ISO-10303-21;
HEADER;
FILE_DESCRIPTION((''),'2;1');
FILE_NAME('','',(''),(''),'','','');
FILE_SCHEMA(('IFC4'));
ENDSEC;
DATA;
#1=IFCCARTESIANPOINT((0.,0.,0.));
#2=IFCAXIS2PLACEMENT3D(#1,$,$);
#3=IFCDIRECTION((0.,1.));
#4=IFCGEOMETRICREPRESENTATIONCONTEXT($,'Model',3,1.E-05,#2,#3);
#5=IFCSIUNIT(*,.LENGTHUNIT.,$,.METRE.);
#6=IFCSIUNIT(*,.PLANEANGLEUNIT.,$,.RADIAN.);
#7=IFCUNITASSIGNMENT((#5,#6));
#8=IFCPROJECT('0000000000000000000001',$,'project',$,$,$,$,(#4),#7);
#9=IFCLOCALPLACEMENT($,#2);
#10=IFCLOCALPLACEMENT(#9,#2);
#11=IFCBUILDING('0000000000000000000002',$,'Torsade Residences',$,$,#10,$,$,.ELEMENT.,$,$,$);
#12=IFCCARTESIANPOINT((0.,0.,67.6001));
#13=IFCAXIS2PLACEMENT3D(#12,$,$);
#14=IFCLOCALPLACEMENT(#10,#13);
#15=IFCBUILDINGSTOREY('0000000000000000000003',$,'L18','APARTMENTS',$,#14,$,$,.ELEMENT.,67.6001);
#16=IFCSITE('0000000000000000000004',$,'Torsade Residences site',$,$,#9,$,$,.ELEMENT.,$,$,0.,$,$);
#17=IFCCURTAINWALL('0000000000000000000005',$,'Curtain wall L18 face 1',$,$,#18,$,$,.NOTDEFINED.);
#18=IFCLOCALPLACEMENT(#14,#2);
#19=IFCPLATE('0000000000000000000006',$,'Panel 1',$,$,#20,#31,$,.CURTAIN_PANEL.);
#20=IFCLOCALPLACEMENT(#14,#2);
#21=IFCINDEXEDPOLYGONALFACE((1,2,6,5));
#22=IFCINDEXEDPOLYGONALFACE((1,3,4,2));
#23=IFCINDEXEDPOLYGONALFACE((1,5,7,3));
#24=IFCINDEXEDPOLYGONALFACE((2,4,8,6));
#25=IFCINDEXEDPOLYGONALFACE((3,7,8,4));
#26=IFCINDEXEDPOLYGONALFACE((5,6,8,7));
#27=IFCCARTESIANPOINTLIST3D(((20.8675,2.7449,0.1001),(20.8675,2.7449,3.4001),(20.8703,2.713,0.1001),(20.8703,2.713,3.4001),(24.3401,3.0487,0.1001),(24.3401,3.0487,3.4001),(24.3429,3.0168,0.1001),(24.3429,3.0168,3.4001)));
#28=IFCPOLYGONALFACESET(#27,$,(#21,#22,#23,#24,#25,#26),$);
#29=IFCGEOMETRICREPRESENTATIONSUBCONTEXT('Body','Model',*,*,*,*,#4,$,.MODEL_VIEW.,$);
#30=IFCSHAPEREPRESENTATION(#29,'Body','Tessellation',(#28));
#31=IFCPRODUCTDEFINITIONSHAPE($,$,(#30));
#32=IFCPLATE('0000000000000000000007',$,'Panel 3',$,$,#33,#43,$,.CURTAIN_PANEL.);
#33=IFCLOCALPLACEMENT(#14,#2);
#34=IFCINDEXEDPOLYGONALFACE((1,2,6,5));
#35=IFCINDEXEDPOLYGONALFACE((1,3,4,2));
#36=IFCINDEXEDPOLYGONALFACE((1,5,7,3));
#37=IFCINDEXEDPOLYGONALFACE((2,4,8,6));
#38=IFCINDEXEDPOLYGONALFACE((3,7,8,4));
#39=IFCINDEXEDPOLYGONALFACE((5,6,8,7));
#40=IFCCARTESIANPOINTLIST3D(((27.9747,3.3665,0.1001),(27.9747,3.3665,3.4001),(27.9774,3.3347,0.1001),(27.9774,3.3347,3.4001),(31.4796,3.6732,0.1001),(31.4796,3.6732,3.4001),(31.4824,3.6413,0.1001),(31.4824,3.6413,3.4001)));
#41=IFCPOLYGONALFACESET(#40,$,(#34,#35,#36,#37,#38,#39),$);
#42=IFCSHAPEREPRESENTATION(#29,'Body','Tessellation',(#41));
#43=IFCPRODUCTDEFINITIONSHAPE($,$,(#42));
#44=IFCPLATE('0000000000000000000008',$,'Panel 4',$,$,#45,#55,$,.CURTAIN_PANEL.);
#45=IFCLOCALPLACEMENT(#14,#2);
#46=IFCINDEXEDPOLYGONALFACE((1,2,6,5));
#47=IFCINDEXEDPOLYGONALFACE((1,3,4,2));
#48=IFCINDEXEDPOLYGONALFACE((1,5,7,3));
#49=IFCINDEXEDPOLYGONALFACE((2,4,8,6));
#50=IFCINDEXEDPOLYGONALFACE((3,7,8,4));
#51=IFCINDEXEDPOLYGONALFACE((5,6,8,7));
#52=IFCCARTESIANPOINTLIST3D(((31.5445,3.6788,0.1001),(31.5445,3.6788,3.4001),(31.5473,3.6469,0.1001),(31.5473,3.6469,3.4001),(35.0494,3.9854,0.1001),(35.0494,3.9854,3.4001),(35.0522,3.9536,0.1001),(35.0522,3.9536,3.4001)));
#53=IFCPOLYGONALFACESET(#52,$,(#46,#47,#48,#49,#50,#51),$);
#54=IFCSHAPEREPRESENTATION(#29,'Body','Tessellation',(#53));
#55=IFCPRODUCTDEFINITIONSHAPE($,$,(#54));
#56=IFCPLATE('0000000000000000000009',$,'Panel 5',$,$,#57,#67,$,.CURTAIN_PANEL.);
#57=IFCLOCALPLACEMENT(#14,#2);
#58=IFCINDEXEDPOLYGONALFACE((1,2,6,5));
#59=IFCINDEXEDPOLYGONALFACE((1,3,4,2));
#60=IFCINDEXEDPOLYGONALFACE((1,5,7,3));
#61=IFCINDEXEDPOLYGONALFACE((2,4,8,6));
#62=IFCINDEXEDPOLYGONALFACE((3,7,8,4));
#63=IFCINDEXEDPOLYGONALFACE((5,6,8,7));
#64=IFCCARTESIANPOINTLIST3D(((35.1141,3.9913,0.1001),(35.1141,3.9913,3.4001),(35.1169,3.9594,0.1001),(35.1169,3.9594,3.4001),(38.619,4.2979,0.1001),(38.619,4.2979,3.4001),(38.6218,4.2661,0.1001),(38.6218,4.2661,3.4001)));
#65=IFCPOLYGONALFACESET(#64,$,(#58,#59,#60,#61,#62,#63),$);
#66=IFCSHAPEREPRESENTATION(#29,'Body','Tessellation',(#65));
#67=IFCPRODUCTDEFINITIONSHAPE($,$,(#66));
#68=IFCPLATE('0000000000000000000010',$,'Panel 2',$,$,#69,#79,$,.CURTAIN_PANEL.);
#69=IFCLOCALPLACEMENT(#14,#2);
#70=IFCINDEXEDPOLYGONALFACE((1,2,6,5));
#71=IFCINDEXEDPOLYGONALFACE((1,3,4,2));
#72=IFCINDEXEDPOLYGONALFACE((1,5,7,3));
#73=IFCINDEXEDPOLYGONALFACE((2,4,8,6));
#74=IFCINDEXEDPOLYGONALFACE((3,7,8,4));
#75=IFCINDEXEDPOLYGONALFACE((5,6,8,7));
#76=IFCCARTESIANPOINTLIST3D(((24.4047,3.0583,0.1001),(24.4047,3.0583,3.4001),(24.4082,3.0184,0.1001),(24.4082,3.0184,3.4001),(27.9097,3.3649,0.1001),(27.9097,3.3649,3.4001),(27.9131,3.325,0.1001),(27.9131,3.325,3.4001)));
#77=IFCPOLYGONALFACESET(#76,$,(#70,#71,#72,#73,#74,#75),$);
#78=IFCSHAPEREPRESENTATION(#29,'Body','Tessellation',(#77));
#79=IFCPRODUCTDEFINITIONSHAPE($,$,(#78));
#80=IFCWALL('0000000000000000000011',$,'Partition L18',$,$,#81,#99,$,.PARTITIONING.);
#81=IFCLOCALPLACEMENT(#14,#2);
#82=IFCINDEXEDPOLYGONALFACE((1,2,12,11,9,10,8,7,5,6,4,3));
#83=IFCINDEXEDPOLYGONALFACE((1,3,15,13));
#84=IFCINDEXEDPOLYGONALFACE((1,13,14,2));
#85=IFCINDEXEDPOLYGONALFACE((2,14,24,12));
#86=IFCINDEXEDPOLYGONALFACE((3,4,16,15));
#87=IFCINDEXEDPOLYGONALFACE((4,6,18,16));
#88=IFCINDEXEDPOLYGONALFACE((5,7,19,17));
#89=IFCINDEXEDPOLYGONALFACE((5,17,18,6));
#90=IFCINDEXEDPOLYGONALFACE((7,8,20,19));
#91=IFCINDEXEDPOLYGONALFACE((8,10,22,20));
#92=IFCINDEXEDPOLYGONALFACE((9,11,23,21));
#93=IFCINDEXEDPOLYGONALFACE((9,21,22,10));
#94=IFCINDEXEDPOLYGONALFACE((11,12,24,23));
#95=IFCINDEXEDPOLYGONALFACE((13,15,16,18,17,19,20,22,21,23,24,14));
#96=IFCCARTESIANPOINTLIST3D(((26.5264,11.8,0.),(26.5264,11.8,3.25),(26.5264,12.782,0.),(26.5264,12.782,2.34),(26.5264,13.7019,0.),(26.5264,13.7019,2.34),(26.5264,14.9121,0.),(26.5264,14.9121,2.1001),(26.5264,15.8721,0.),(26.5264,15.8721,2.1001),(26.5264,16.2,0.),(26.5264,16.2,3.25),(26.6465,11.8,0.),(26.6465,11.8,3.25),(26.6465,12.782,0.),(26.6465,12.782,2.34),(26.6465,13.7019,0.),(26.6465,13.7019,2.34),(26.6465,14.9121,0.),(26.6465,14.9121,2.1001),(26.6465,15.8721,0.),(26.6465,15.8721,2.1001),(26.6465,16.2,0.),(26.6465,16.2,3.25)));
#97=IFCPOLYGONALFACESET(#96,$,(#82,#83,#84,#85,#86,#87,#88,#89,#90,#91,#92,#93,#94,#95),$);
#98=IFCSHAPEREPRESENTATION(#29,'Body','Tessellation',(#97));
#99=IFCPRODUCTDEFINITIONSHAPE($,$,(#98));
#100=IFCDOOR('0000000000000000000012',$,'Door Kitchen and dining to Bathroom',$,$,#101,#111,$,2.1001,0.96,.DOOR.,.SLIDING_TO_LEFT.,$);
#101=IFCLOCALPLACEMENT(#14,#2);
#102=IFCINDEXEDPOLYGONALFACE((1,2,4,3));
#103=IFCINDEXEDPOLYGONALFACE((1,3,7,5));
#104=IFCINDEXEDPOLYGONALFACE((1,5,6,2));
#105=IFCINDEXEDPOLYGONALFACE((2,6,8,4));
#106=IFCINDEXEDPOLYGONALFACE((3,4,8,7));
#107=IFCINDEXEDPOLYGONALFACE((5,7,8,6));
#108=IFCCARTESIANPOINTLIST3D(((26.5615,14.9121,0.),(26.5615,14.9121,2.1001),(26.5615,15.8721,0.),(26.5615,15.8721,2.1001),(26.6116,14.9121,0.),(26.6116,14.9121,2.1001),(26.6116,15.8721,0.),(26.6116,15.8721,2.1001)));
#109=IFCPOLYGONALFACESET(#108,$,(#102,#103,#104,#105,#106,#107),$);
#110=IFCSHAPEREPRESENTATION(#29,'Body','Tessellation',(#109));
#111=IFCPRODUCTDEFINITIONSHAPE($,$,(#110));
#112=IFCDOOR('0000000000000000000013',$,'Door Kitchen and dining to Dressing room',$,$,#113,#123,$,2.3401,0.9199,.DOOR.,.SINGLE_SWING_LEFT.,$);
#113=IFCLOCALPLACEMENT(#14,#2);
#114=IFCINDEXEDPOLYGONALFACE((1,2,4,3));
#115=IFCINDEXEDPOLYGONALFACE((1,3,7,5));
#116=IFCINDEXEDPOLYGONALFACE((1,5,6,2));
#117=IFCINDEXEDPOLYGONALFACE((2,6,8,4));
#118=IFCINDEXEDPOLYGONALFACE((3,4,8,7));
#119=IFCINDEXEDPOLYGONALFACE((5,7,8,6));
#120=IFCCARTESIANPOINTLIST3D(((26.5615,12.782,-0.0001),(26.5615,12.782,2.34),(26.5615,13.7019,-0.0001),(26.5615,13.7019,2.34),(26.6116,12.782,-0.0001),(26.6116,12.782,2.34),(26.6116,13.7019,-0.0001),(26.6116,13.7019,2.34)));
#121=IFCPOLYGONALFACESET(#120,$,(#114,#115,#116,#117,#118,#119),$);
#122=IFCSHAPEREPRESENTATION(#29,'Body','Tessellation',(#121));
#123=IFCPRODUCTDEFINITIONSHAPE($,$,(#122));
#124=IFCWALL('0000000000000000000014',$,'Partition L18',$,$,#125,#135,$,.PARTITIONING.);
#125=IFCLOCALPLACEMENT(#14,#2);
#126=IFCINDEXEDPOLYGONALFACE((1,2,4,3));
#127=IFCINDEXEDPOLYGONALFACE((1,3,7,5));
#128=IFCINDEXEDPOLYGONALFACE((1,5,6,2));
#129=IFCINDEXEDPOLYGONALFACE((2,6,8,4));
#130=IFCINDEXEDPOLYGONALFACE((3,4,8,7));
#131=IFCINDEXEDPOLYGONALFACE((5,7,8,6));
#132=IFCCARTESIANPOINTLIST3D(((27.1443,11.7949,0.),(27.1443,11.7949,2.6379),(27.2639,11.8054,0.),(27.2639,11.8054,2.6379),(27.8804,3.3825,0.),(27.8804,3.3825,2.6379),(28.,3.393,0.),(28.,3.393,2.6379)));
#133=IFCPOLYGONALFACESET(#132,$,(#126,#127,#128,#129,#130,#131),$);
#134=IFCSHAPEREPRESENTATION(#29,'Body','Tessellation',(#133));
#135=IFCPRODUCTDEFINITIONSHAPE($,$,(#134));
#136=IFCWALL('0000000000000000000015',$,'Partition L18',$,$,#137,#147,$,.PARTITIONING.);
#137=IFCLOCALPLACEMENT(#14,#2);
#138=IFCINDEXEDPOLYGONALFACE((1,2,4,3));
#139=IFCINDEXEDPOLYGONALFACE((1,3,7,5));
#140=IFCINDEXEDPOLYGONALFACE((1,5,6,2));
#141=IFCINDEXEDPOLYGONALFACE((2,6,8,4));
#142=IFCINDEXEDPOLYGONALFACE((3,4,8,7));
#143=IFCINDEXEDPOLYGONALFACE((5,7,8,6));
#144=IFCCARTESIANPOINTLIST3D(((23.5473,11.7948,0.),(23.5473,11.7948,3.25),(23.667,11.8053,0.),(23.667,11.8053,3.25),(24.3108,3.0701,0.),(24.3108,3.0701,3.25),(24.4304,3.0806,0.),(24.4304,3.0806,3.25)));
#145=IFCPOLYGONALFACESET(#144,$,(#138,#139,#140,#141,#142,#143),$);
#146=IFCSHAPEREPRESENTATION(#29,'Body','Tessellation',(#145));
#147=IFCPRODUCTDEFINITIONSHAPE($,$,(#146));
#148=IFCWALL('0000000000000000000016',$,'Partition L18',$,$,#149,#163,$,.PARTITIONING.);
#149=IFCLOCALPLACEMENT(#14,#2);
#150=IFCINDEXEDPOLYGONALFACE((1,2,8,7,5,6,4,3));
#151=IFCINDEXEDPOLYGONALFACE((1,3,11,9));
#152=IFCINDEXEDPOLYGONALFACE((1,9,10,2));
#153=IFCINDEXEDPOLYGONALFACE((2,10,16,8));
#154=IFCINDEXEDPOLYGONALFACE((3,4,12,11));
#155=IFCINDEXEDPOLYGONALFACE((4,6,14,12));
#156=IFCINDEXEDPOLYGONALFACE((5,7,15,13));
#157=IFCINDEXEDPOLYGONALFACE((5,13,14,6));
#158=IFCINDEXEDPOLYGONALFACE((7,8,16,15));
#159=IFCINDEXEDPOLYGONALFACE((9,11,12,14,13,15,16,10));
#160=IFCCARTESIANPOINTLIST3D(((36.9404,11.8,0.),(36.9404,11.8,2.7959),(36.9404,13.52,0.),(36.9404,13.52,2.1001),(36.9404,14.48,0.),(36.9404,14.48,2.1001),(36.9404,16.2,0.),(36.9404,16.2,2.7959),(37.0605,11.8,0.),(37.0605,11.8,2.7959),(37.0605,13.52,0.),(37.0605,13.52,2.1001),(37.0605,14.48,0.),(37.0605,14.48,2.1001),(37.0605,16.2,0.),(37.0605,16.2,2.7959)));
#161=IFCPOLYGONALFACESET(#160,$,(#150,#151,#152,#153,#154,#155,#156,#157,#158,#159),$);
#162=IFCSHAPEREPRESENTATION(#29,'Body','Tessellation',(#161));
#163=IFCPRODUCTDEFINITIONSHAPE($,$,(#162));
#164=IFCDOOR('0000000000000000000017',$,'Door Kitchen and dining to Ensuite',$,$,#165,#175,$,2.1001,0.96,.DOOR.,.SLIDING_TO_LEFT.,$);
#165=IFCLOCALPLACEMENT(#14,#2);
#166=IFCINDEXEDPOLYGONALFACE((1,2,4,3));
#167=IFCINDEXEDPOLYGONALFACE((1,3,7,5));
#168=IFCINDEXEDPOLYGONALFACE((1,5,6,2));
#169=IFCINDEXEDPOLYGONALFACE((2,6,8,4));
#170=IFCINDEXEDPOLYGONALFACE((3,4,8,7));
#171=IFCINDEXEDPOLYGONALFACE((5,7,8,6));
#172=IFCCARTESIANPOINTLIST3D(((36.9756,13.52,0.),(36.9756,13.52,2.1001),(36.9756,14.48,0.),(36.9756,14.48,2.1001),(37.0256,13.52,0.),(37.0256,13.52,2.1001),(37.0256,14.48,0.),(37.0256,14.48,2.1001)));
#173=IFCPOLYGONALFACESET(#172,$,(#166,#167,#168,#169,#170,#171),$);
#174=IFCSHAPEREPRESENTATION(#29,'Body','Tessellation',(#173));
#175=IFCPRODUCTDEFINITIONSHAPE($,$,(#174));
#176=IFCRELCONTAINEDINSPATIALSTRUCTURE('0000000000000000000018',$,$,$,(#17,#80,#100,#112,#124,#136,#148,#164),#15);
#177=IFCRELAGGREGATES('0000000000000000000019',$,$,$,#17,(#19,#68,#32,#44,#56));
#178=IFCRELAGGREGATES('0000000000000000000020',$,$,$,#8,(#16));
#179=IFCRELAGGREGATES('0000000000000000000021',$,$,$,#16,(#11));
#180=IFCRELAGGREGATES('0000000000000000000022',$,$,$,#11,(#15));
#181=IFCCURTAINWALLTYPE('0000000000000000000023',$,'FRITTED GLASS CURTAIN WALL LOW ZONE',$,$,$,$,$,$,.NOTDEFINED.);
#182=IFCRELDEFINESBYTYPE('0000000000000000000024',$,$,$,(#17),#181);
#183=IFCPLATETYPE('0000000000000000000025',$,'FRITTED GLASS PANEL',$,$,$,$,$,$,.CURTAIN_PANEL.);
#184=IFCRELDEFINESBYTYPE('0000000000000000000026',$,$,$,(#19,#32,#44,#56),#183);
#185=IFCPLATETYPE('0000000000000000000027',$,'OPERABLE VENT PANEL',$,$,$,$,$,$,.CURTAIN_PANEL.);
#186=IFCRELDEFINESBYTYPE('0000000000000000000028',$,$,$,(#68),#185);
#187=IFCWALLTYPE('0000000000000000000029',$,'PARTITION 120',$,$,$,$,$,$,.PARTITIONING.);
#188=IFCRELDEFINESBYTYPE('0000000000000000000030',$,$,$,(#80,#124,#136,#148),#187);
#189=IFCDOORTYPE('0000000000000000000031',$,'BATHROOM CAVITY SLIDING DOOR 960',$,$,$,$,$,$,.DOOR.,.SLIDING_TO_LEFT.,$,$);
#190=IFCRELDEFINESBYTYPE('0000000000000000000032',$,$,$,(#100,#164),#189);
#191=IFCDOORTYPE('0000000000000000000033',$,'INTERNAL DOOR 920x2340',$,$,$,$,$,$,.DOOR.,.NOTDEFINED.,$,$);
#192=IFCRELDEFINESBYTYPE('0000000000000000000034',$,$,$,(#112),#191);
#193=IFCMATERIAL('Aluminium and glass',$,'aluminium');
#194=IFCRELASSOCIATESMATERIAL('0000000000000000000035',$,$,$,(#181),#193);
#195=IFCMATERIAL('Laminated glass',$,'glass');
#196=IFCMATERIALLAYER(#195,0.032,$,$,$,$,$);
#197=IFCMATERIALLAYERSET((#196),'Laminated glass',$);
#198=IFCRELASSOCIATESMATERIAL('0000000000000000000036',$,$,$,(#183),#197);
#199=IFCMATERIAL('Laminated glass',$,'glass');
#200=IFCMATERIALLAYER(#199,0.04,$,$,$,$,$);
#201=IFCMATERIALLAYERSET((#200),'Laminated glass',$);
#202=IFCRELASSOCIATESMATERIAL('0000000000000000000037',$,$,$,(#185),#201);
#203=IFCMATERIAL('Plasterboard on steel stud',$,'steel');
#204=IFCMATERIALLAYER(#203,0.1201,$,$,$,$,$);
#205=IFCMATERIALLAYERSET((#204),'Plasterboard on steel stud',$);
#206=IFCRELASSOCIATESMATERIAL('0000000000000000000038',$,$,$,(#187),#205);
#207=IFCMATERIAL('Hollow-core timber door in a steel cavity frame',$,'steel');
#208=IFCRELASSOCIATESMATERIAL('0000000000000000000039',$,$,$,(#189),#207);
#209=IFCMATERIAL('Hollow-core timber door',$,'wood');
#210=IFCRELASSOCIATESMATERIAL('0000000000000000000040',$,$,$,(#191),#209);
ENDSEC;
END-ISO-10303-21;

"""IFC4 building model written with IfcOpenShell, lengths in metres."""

from ifc_helpers import new_model, si_unit, direction, frame, frame_2d, origin, origin_2d, place, context, subcontext, project, spatial, rectangle, extrude, material, layer, layer_set, type_object, element, fill, aggregate, save


model = new_model("IFC4")

# Units and contexts
model_context = context("Model", 3, precision=1e-05, world=origin(), true_north=direction((0.0, 1.0)))
body_context = subcontext(model_context, "Body", "Model", "MODEL_VIEW")
ifc_project = project(units=[si_unit("LENGTHUNIT", "METRE"), si_unit("PLANEANGLEUNIT", "RADIAN")], contexts=[model_context])

# Site, building, storey
site_placement = place(None, origin())
site = spatial("IfcSite", under=ifc_project, at=site_placement, Name="Torsade Residences site", CompositionType="ELEMENT", RefElevation=0.0)
building_placement = place(site_placement, origin())
building = spatial("IfcBuilding", under=site, at=building_placement, Name="Torsade Residences", CompositionType="ELEMENT")
storey_placement = place(building_placement, frame((0.0, 0.0, 67.6001)))
storey = spatial("IfcBuildingStorey", under=building, at=storey_placement, Name="L18", Description="APARTMENTS", CompositionType="ELEMENT", Elevation=67.6001)

# Curtain wall
ifc_material_1 = material(Name="Aluminium and glass", Category="aluminium")
curtain_wall_type = type_object("IfcCurtainWallType", Name="FRITTED GLASS CURTAIN WALL LOW ZONE", PredefinedType="NOTDEFINED", material=ifc_material_1)
curtain_wall_placement = place(storey_placement, origin())
curtain_wall = element("IfcCurtainWall", 1, at=curtain_wall_placement, inside=storey, type_object=curtain_wall_type, Name="Curtain wall L18 face 1", PredefinedType="NOTDEFINED")

# Plates
ifc_material_2 = material(Name="Laminated glass", Category="glass")
ifc_layer_1 = layer(ifc_material_2, 0.032)
ifc_layer_set_1 = layer_set([ifc_layer_1], Name="Laminated glass")
plate_type_1 = type_object("IfcPlateType", Name="FRITTED GLASS PANEL", PredefinedType="CURTAIN_PANEL", material=ifc_layer_set_1)
plate_1_placement = place(storey_placement, frame((22.6052, 2.8809, 0.1001), z_axis=(0.0, 0.0, 1.0), x_axis=(0.996195, 0.087156, 0.0)))
plate_1 = element("IfcPlate", 2, at=plate_1_placement, type_object=plate_type_1, Name="Panel 1", PredefinedType="CURTAIN_PANEL", context=body_context, shape_type="SweptSolid", body=[
    extrude(rectangle(XDim=3.4858, YDim=0.032, at=origin_2d()), origin(), (0.0, 0.0, 1.0), 3.3),
])
plate_2_placement = place(storey_placement, frame((29.7285, 3.5039, 0.1001), z_axis=(0.0, 0.0, 1.0), x_axis=(0.996195, 0.087156, 0.0)))
plate_2 = element("IfcPlate", 3, at=plate_2_placement, type_object=plate_type_1, Name="Panel 3", PredefinedType="CURTAIN_PANEL", context=body_context, shape_type="SweptSolid", body=[
    extrude(rectangle(XDim=3.5183, YDim=0.032, at=origin_2d()), origin(), (0.0, 0.0, 1.0), 3.3),
])
plate_3_placement = place(storey_placement, frame((33.2983, 3.8162, 0.1001), z_axis=(0.0, 0.0, 1.0), x_axis=(0.996195, 0.087156, 0.0)))
plate_3 = element("IfcPlate", 4, at=plate_3_placement, type_object=plate_type_1, Name="Panel 4", PredefinedType="CURTAIN_PANEL", context=body_context, shape_type="SweptSolid", body=[
    extrude(rectangle(XDim=3.5183, YDim=0.032, at=origin_2d()), origin(), (0.0, 0.0, 1.0), 3.3),
])
plate_4_placement = place(storey_placement, frame((36.8679, 4.1287, 0.1001), z_axis=(0.0, 0.0, 1.0), x_axis=(0.996195, 0.087156, 0.0)))
plate_4 = element("IfcPlate", 5, at=plate_4_placement, type_object=plate_type_1, Name="Panel 5", PredefinedType="CURTAIN_PANEL", context=body_context, shape_type="SweptSolid", body=[
    extrude(rectangle(XDim=3.5183, YDim=0.032, at=origin_2d()), origin(), (0.0, 0.0, 1.0), 3.3),
])
ifc_material_3 = material(Name="Laminated glass", Category="glass")
ifc_layer_2 = layer(ifc_material_3, 0.04)
ifc_layer_set_2 = layer_set([ifc_layer_2], Name="Laminated glass")
plate_type_2 = type_object("IfcPlateType", Name="OPERABLE VENT PANEL", PredefinedType="CURTAIN_PANEL", material=ifc_layer_set_2)
plate_5_placement = place(storey_placement, frame((26.1589, 3.1917, 0.1001), z_axis=(0.0, 0.0, 1.0), x_axis=(0.996195, 0.087156, 0.0)))
plate_5 = element("IfcPlate", 6, at=plate_5_placement, type_object=plate_type_2, Name="Panel 2", PredefinedType="CURTAIN_PANEL", context=body_context, shape_type="SweptSolid", body=[
    extrude(rectangle(XDim=3.5183, YDim=0.04, at=origin_2d()), origin(), (0.0, 0.0, 1.0), 3.3),
])
aggregate(curtain_wall, [plate_1, plate_5, plate_2, plate_3, plate_4])

# Wall, openings, doors
ifc_material_4 = material(Name="Plasterboard on steel stud", Category="steel")
ifc_layer_3 = layer(ifc_material_4, 0.1201)
ifc_layer_set_3 = layer_set([ifc_layer_3], Name="Plasterboard on steel stud")
wall_type_1 = type_object("IfcWallType", Name="PARTITION 120", PredefinedType="PARTITIONING", material=ifc_layer_set_3)
wall_1_placement = place(storey_placement, frame((26.5864, 11.8, 0.0), z_axis=(0.0, 0.0, 1.0), x_axis=(0.0, 1.0, 0.0)))
wall_1 = element("IfcWall", 7, at=wall_1_placement, inside=storey, type_object=wall_type_1, Name="Partition L18", PredefinedType="PARTITIONING", context=body_context, shape_type="SweptSolid", body=[
    extrude(rectangle(XDim=4.3999, YDim=0.1201, at=frame_2d((2.2, 0.0))), origin(), (0.0, 0.0, 1.0), 3.25),
])
opening_1_placement = place(wall_1_placement, frame((0.9819, 0.0, 0.0)))
opening_1 = element("IfcOpeningElement", 8, at=opening_1_placement, cuts=wall_1, PredefinedType="OPENING", context=body_context, shape_type="SweptSolid", body=[
    extrude(rectangle(XDim=0.9199, YDim=2.3401, at=frame_2d((0.46, 1.1699))), frame((0.0, 0.0701, 0.0), z_axis=(0.0, -1.0, 0.0), x_axis=(1.0, 0.0, 0.0)), (0.0, 0.0, 1.0), 0.1401),
])
opening_2_placement = place(wall_1_placement, frame((3.1121, 0.0, 0.0)))
opening_2 = element("IfcOpeningElement", 9, at=opening_2_placement, cuts=wall_1, PredefinedType="OPENING", context=body_context, shape_type="SweptSolid", body=[
    extrude(rectangle(XDim=0.96, YDim=2.1001, at=frame_2d((0.48, 1.05))), frame((0.0, 0.0701, 0.0), z_axis=(0.0, -1.0, 0.0), x_axis=(1.0, 0.0, 0.0)), (0.0, 0.0, 1.0), 0.1401),
])
ifc_material_5 = material(Name="Hollow-core timber door in a steel cavity frame", Category="steel")
door_type_1 = type_object("IfcDoorType", Name="BATHROOM CAVITY SLIDING DOOR 960", OperationType="SLIDING_TO_LEFT", PredefinedType="DOOR", material=ifc_material_5)
door_1_placement = place(opening_2_placement, origin())
door_1 = element("IfcDoor", 10, at=door_1_placement, inside=storey, type_object=door_type_1, Name="Door Kitchen and dining to Bathroom", OperationType="SLIDING_TO_LEFT", OverallHeight=2.1001, OverallWidth=0.96, PredefinedType="DOOR", context=body_context, shape_type="SweptSolid", body=[
    extrude(rectangle(XDim=0.96, YDim=2.1001, at=frame_2d((0.48, 1.05))), frame((0.0, 0.0249, 0.0), z_axis=(0.0, -1.0, 0.0), x_axis=(1.0, 0.0, 0.0)), (0.0, 0.0, 1.0), 0.05),
])
fill(opening_2, door_1)
ifc_material_6 = material(Name="Hollow-core timber door", Category="wood")
door_type_2 = type_object("IfcDoorType", Name="INTERNAL DOOR 920x2340", OperationType="NOTDEFINED", PredefinedType="DOOR", material=ifc_material_6)
door_2_placement = place(opening_1_placement, origin())
door_2 = element("IfcDoor", 11, at=door_2_placement, inside=storey, type_object=door_type_2, Name="Door Kitchen and dining to Dressing room", OperationType="SINGLE_SWING_LEFT", OverallHeight=2.3401, OverallWidth=0.9199, PredefinedType="DOOR", context=body_context, shape_type="SweptSolid", body=[
    extrude(rectangle(XDim=0.9199, YDim=2.3401, at=frame_2d((0.46, 1.1699))), frame((0.0, 0.0249, 0.0), z_axis=(0.0, -1.0, 0.0), x_axis=(1.0, 0.0, 0.0)), (0.0, 0.0, 1.0), 0.05),
])
fill(opening_1, door_2)

# Walls
wall_2_placement = place(storey_placement, frame((27.2041, 11.8, 0.0), z_axis=(0.0, 0.0, 1.0), x_axis=(0.087167, -0.996194, 0.0)))
element("IfcWall", 12, at=wall_2_placement, inside=storey, type_object=wall_type_1, Name="Partition L18", PredefinedType="PARTITIONING", context=body_context, shape_type="SweptSolid", body=[
    extrude(rectangle(XDim=8.4446, YDim=0.1201, at=frame_2d((4.2222, 0.0))), origin(), (0.0, 0.0, 1.0), 2.6379),
])
wall_3_placement = place(storey_placement, frame((24.3706, 3.0754, 0.0), z_axis=(0.0, 0.0, 1.0), x_axis=(-0.08717, 0.996193, 0.0)))
element("IfcWall", 13, at=wall_3_placement, inside=storey, type_object=wall_type_1, Name="Partition L18", PredefinedType="PARTITIONING", context=body_context, shape_type="SweptSolid", body=[
    extrude(rectangle(XDim=8.7581, YDim=0.1201, at=frame_2d((4.3789, 0.0))), origin(), (0.0, 0.0, 1.0), 3.25),
])

# Wall, opening, door
wall_4_placement = place(storey_placement, frame((37.0005, 11.8, 0.0), z_axis=(0.0, 0.0, 1.0), x_axis=(0.0, 1.0, 0.0)))
wall_4 = element("IfcWall", 14, at=wall_4_placement, inside=storey, type_object=wall_type_1, Name="Partition L18", PredefinedType="PARTITIONING", context=body_context, shape_type="SweptSolid", body=[
    extrude(rectangle(XDim=4.3999, YDim=0.1201, at=frame_2d((2.2, 0.0))), origin(), (0.0, 0.0, 1.0), 2.7959),
])
opening_3_placement = place(wall_4_placement, frame((1.72, 0.0, 0.0)))
opening_3 = element("IfcOpeningElement", 15, at=opening_3_placement, cuts=wall_4, PredefinedType="OPENING", context=body_context, shape_type="SweptSolid", body=[
    extrude(rectangle(XDim=0.96, YDim=2.1001, at=frame_2d((0.48, 1.05))), frame((0.0, 0.0701, 0.0), z_axis=(0.0, -1.0, 0.0), x_axis=(1.0, 0.0, 0.0)), (0.0, 0.0, 1.0), 0.1401),
])
door_3_placement = place(opening_3_placement, origin())
door_3 = element("IfcDoor", 16, at=door_3_placement, inside=storey, type_object=door_type_1, Name="Door Kitchen and dining to Ensuite", OperationType="SLIDING_TO_LEFT", OverallHeight=2.1001, OverallWidth=0.96, PredefinedType="DOOR", context=body_context, shape_type="SweptSolid", body=[
    extrude(rectangle(XDim=0.96, YDim=2.1001, at=frame_2d((0.48, 1.05))), frame((0.0, 0.0249, 0.0), z_axis=(0.0, -1.0, 0.0), x_axis=(1.0, 0.0, 0.0)), (0.0, 0.0, 1.0), 0.05),
])
fill(opening_3, door_3)

save(model, "model.ifc")
